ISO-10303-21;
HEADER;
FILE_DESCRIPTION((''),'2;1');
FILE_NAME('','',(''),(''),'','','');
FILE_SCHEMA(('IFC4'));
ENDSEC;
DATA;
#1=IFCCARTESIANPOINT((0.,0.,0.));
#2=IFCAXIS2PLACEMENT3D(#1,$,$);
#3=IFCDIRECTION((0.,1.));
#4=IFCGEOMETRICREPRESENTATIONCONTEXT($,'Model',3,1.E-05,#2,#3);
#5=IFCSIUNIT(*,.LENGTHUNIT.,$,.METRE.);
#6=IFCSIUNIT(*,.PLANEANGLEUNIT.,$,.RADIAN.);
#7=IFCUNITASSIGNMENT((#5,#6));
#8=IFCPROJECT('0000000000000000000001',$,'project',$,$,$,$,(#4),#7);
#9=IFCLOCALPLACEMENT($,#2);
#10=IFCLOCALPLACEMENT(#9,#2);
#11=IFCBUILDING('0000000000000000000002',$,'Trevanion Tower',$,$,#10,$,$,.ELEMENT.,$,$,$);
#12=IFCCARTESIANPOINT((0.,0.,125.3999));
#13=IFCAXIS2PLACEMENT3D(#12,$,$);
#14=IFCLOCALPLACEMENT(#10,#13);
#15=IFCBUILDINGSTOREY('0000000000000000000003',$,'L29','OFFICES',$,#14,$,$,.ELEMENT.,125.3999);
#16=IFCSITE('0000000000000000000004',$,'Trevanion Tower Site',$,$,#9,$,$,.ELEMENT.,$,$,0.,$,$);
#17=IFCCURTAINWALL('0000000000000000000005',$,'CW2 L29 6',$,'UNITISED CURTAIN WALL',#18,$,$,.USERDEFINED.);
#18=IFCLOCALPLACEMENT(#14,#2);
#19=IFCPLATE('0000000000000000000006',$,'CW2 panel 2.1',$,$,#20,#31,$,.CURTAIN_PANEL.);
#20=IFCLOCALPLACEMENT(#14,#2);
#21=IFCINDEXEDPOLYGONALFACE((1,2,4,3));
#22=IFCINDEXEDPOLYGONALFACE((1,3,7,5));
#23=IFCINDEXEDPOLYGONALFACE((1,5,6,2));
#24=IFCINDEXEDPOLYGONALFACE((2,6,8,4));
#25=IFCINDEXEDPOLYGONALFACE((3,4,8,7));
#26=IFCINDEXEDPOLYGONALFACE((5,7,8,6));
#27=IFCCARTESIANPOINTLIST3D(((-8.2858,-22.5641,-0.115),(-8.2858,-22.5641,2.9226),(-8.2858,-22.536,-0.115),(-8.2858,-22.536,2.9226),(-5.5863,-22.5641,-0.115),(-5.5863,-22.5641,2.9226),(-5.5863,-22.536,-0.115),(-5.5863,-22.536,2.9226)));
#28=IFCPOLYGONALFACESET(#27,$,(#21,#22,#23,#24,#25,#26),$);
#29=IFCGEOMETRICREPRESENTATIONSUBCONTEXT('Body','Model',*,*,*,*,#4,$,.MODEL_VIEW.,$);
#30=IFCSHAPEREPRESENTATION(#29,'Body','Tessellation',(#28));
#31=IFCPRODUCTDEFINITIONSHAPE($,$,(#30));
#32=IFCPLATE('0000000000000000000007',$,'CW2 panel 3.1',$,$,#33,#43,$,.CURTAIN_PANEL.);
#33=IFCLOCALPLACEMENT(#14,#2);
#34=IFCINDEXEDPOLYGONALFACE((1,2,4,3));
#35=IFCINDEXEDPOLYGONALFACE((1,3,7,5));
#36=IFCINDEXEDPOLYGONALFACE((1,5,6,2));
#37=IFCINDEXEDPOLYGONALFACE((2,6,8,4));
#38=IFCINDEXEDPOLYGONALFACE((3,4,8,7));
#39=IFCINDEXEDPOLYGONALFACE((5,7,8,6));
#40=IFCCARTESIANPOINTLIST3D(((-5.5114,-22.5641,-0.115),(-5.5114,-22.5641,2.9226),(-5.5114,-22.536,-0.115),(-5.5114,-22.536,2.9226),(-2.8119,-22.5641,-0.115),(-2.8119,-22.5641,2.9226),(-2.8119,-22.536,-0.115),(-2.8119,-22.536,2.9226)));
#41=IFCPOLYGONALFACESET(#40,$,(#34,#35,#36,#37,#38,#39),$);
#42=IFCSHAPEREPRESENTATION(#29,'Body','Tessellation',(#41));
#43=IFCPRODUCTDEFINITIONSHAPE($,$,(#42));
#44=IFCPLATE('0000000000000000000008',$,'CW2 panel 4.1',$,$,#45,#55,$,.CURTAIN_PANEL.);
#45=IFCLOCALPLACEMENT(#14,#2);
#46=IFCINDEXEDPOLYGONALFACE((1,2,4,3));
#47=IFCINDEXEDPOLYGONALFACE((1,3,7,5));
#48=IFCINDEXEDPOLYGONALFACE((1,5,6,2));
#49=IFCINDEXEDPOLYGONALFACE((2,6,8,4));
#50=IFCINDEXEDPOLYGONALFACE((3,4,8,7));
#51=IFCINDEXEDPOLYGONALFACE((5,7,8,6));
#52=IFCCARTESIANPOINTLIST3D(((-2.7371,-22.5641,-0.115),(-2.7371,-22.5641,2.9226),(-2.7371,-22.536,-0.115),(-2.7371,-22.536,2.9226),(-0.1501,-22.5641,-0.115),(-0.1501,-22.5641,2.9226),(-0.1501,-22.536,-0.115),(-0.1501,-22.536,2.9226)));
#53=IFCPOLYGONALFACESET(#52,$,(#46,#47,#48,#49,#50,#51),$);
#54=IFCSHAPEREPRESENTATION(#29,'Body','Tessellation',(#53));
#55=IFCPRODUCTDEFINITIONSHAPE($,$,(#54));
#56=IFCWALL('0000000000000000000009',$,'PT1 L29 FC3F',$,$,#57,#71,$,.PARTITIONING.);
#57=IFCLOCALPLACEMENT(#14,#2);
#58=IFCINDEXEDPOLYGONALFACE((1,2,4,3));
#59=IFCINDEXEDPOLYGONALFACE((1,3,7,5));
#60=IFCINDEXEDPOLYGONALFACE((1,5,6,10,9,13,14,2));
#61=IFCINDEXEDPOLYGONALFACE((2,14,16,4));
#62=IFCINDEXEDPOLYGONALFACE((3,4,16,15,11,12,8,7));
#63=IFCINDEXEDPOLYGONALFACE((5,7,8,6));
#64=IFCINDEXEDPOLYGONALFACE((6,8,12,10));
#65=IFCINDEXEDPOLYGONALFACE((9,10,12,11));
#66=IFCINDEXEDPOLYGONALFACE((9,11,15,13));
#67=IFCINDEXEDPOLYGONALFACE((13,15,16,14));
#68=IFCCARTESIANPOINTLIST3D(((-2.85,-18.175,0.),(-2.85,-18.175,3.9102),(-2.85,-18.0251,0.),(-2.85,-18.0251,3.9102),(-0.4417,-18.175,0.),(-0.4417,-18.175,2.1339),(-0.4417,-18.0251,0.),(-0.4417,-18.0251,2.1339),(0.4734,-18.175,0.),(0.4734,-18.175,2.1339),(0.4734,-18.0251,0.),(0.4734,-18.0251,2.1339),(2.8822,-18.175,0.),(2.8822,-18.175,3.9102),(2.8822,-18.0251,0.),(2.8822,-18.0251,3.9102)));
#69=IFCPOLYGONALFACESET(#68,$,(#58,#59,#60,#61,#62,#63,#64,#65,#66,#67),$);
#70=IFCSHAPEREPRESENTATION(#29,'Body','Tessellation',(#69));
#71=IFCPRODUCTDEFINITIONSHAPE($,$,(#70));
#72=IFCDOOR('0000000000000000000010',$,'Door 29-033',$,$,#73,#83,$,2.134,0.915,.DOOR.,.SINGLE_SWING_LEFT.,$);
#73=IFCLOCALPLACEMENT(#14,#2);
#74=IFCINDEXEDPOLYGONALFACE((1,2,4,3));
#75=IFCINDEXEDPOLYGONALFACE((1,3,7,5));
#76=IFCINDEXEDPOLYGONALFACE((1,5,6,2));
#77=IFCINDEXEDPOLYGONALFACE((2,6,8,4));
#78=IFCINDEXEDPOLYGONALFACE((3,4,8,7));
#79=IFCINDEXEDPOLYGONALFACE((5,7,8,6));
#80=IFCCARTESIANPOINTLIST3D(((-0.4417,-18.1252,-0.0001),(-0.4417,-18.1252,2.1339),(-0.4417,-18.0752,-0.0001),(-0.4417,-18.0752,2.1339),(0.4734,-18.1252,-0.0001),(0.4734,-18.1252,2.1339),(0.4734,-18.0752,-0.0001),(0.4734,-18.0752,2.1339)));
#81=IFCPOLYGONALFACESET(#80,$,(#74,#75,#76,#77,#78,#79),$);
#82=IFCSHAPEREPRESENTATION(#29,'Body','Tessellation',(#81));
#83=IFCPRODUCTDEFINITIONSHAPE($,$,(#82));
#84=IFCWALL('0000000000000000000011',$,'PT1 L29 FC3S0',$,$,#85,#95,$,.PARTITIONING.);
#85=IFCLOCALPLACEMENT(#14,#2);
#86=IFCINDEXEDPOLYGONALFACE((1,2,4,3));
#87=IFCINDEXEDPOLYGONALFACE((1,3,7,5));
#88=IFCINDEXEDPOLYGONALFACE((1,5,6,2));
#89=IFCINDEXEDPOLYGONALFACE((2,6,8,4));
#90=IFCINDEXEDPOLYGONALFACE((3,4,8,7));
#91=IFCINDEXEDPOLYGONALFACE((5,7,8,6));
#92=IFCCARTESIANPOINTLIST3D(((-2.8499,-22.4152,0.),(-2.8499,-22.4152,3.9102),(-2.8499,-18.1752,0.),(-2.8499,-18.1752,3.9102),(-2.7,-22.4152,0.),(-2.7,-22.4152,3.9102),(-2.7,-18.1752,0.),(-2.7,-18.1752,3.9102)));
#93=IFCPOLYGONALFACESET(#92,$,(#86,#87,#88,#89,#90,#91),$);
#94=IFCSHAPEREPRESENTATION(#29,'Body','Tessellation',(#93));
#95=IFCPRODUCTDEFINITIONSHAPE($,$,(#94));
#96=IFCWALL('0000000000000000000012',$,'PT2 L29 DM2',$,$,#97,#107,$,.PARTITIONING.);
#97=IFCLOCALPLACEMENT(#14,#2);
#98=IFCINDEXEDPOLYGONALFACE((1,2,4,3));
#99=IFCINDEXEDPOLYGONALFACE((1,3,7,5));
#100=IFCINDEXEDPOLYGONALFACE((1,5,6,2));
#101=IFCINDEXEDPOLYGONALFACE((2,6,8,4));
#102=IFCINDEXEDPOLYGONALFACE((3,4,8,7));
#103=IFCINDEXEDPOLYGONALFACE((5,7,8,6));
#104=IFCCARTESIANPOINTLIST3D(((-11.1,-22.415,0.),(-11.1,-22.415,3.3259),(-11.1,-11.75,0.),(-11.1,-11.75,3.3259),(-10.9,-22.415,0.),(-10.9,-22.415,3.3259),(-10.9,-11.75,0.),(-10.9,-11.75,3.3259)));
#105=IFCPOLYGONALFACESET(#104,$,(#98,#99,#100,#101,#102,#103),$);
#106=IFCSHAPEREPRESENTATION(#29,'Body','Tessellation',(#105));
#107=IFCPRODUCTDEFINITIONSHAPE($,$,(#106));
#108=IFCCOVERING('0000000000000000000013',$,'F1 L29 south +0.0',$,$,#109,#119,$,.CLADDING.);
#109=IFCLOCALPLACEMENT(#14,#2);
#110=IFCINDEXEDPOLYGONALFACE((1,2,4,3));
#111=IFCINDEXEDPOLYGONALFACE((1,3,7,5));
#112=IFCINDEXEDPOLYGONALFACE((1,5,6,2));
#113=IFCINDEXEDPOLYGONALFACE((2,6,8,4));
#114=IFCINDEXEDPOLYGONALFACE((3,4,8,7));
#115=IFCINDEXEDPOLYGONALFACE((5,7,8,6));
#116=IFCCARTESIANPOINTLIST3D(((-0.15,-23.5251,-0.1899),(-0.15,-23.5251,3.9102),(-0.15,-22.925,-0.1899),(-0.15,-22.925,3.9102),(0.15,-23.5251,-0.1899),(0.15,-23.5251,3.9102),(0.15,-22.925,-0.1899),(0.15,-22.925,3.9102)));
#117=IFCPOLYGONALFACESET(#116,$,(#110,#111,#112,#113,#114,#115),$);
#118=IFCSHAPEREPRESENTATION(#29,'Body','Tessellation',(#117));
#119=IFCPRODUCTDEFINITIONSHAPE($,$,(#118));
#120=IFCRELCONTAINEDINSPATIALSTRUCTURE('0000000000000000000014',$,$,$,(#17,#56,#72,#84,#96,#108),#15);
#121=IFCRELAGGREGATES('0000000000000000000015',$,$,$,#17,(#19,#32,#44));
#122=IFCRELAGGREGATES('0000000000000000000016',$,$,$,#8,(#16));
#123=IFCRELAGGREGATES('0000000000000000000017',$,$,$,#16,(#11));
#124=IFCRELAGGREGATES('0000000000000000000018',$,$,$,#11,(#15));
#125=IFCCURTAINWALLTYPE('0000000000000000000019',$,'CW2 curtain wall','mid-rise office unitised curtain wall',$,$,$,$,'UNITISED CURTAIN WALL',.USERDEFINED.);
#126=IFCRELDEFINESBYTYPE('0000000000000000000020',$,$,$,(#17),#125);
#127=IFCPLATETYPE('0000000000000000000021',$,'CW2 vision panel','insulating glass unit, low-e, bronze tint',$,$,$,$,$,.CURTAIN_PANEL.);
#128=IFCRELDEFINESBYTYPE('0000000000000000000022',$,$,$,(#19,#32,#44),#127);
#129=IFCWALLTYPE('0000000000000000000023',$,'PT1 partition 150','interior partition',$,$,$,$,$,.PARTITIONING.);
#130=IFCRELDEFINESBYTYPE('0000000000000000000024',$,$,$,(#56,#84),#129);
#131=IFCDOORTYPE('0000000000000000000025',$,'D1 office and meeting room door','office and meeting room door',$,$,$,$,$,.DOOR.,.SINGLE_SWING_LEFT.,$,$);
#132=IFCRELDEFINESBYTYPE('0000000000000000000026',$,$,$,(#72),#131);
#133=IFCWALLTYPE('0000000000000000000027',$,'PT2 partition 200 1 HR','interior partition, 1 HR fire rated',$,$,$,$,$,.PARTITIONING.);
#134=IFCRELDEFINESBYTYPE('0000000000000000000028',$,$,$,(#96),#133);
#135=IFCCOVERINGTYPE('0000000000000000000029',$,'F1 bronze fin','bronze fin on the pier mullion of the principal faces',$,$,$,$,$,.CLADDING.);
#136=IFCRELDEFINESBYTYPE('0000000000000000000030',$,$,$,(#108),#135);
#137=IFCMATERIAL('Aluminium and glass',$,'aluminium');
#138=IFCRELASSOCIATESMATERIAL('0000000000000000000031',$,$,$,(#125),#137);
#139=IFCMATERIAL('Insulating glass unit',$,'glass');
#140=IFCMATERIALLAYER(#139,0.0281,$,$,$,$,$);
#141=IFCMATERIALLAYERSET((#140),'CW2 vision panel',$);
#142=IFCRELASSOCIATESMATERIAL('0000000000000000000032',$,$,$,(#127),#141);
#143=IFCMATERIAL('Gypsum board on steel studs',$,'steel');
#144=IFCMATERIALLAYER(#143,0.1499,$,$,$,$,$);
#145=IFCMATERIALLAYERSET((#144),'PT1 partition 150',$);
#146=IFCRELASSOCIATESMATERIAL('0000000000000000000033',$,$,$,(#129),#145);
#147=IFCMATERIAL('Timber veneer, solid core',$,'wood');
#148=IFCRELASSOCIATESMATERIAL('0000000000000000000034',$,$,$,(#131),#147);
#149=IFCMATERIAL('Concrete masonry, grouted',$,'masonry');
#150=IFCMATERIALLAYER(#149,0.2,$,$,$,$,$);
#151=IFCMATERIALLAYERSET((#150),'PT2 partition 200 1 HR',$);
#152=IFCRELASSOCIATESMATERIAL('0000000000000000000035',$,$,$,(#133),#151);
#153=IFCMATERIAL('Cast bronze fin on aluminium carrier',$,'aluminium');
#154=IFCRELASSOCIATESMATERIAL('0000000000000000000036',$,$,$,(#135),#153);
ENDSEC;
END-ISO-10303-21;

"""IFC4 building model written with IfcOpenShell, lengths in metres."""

from ifc_helpers import new_model, si_unit, direction, frame, frame_2d, origin, origin_2d, place, context, subcontext, project, spatial, rectangle, extrude, material, layer, layer_set, type_object, element, fill, aggregate, save


model = new_model("IFC4")

# Units and contexts
model_context = context("Model", 3, precision=1e-05, world=origin(), true_north=direction((0.0, 1.0)))
body_context = subcontext(model_context, "Body", "Model", "MODEL_VIEW")
ifc_project = project(units=[si_unit("LENGTHUNIT", "METRE"), si_unit("PLANEANGLEUNIT", "RADIAN")], contexts=[model_context])

# Site, building, storey
site_placement = place(None, origin())
site = spatial("IfcSite", under=ifc_project, at=site_placement, Name="Trevanion Tower Site", CompositionType="ELEMENT", RefElevation=0.0)
building_placement = place(site_placement, origin())
building = spatial("IfcBuilding", under=site, at=building_placement, Name="Trevanion Tower", CompositionType="ELEMENT")
storey_placement = place(building_placement, frame((0.0, 0.0, 125.3999)))
storey = spatial("IfcBuildingStorey", under=building, at=storey_placement, Name="L29", Description="OFFICES", CompositionType="ELEMENT", Elevation=125.3999)

# Curtain wall
ifc_material_1 = material(Name="Aluminium and glass", Category="aluminium")
curtain_wall_type = type_object("IfcCurtainWallType", Name="CW2 curtain wall", Description="mid-rise office unitised curtain wall", ElementType="UNITISED CURTAIN WALL", PredefinedType="USERDEFINED", material=ifc_material_1)
curtain_wall_placement = place(storey_placement, origin())
curtain_wall = element("IfcCurtainWall", 1, at=curtain_wall_placement, inside=storey, type_object=curtain_wall_type, Name="CW2 L29 6", ObjectType="UNITISED CURTAIN WALL", PredefinedType="USERDEFINED")

# Plates
ifc_material_2 = material(Name="Insulating glass unit", Category="glass")
ifc_layer_1 = layer(ifc_material_2, 0.0281)
ifc_layer_set_1 = layer_set([ifc_layer_1], Name="CW2 vision panel")
plate_type_1 = type_object("IfcPlateType", Name="CW2 vision panel", Description="insulating glass unit, low-e, bronze tint", PredefinedType="CURTAIN_PANEL", material=ifc_layer_set_1)
plate_1_placement = place(storey_placement, frame((-6.936, -22.55, -0.115), z_axis=(0.0, 0.0, 1.0), x_axis=(1.0, 0.0, 0.0)))
plate_1 = element("IfcPlate", 2, at=plate_1_placement, type_object=plate_type_1, Name="CW2 panel 2.1", PredefinedType="CURTAIN_PANEL", context=body_context, shape_type="SweptSolid", body=[
    extrude(rectangle(XDim=2.6995, YDim=0.0281, at=origin_2d()), origin(), (0.0, 0.0, 1.0), 3.0376),
])
plate_2_placement = place(storey_placement, frame((-4.1616, -22.55, -0.115), z_axis=(0.0, 0.0, 1.0), x_axis=(1.0, 0.0, 0.0)))
plate_2 = element("IfcPlate", 3, at=plate_2_placement, type_object=plate_type_1, Name="CW2 panel 3.1", PredefinedType="CURTAIN_PANEL", context=body_context, shape_type="SweptSolid", body=[
    extrude(rectangle(XDim=2.6995, YDim=0.0281, at=origin_2d()), origin(), (0.0, 0.0, 1.0), 3.0376),
])
plate_3_placement = place(storey_placement, frame((-1.4436, -22.55, -0.115), z_axis=(0.0, 0.0, 1.0), x_axis=(1.0, 0.0, 0.0)))
plate_3 = element("IfcPlate", 4, at=plate_3_placement, type_object=plate_type_1, Name="CW2 panel 4.1", PredefinedType="CURTAIN_PANEL", context=body_context, shape_type="SweptSolid", body=[
    extrude(rectangle(XDim=2.5869, YDim=0.0281, at=origin_2d()), origin(), (0.0, 0.0, 1.0), 3.0376),
])
aggregate(curtain_wall, [plate_1, plate_2, plate_3])

# Wall, opening, door
ifc_material_3 = material(Name="Gypsum board on steel studs", Category="steel")
ifc_layer_2 = layer(ifc_material_3, 0.1499)
ifc_layer_set_2 = layer_set([ifc_layer_2], Name="PT1 partition 150")
wall_type_1 = type_object("IfcWallType", Name="PT1 partition 150", Description="interior partition", PredefinedType="PARTITIONING", material=ifc_layer_set_2)
wall_1_placement = place(storey_placement, frame((-2.8501, -18.1001, 0.0), z_axis=(0.0, 0.0, 1.0), x_axis=(1.0, 0.0, 0.0)))
wall_1 = element("IfcWall", 5, at=wall_1_placement, inside=storey, type_object=wall_type_1, Name="PT1 L29 FC3F", PredefinedType="PARTITIONING", context=body_context, shape_type="SweptSolid", body=[
    extrude(rectangle(XDim=5.7322, YDim=0.1499, at=frame_2d((2.8662, 0.0))), origin(), (0.0, 0.0, 1.0), 3.9102),
])
opening_placement = place(wall_1_placement, frame((2.4084, 0.0, 0.0)))
opening = element("IfcOpeningElement", 6, at=opening_placement, cuts=wall_1, PredefinedType="OPENING", context=body_context, shape_type="SweptSolid", body=[
    extrude(rectangle(XDim=0.915, YDim=2.134, at=frame_2d((0.4575, 1.0669))), frame((0.0, 0.085, 0.0), z_axis=(0.0, -1.0, 0.0), x_axis=(1.0, 0.0, 0.0)), (0.0, 0.0, 1.0), 0.1699),
])
ifc_material_4 = material(Name="Timber veneer, solid core", Category="wood")
door_type = type_object("IfcDoorType", Name="D1 office and meeting room door", Description="office and meeting room door", OperationType="SINGLE_SWING_LEFT", PredefinedType="DOOR", material=ifc_material_4)
door_placement = place(opening_placement, origin())
door = element("IfcDoor", 7, at=door_placement, inside=storey, type_object=door_type, Name="Door 29-033", OperationType="SINGLE_SWING_LEFT", OverallHeight=2.134, OverallWidth=0.915, PredefinedType="DOOR", context=body_context, shape_type="SweptSolid", body=[
    extrude(rectangle(XDim=0.915, YDim=2.134, at=frame_2d((0.4575, 1.0669))), frame((0.0, 0.0249, 0.0), z_axis=(0.0, -1.0, 0.0), x_axis=(1.0, 0.0, 0.0)), (0.0, 0.0, 1.0), 0.05),
])
fill(opening, door)

# Walls
wall_2_placement = place(storey_placement, frame((-2.7749, -18.175, 0.0), z_axis=(0.0, 0.0, 1.0), x_axis=(0.0, -1.0, 0.0)))
element("IfcWall", 8, at=wall_2_placement, inside=storey, type_object=wall_type_1, Name="PT1 L29 FC3S0", PredefinedType="PARTITIONING", context=body_context, shape_type="SweptSolid", body=[
    extrude(rectangle(XDim=4.24, YDim=0.1499, at=frame_2d((2.1201, 0.0))), origin(), (0.0, 0.0, 1.0), 3.9102),
])
ifc_material_5 = material(Name="Concrete masonry, grouted", Category="masonry")
ifc_layer_3 = layer(ifc_material_5, 0.2)
ifc_layer_set_3 = layer_set([ifc_layer_3], Name="PT2 partition 200 1 HR")
wall_type_2 = type_object("IfcWallType", Name="PT2 partition 200 1 HR", Description="interior partition, 1 HR fire rated", PredefinedType="PARTITIONING", material=ifc_layer_set_3)
wall_3_placement = place(storey_placement, frame((-11.0, -11.75, 0.0), z_axis=(0.0, 0.0, 1.0), x_axis=(0.0, -1.0, 0.0)))
element("IfcWall", 9, at=wall_3_placement, inside=storey, type_object=wall_type_2, Name="PT2 L29 DM2", PredefinedType="PARTITIONING", context=body_context, shape_type="SweptSolid", body=[
    extrude(rectangle(XDim=10.665, YDim=0.2, at=frame_2d((5.3325, 0.0))), origin(), (0.0, 0.0, 1.0), 3.3259),
])

# Covering
ifc_material_6 = material(Name="Cast bronze fin on aluminium carrier", Category="aluminium")
covering_type = type_object("IfcCoveringType", Name="F1 bronze fin", Description="bronze fin on the pier mullion of the principal faces", PredefinedType="CLADDING", material=ifc_material_6)
covering_placement = place(storey_placement, frame((0.0, -23.2251, -0.1899), z_axis=(0.0, 0.0, 1.0), x_axis=(1.0, 0.0, 0.0)))
element("IfcCovering", 10, at=covering_placement, inside=storey, type_object=covering_type, Name="F1 L29 south +0.0", PredefinedType="CLADDING", context=body_context, shape_type="SweptSolid", body=[
    extrude(rectangle(XDim=0.3, YDim=0.6001, at=origin_2d()), origin(), (0.0, 0.0, 1.0), 4.1001),
])

save(model, "model.ifc")
